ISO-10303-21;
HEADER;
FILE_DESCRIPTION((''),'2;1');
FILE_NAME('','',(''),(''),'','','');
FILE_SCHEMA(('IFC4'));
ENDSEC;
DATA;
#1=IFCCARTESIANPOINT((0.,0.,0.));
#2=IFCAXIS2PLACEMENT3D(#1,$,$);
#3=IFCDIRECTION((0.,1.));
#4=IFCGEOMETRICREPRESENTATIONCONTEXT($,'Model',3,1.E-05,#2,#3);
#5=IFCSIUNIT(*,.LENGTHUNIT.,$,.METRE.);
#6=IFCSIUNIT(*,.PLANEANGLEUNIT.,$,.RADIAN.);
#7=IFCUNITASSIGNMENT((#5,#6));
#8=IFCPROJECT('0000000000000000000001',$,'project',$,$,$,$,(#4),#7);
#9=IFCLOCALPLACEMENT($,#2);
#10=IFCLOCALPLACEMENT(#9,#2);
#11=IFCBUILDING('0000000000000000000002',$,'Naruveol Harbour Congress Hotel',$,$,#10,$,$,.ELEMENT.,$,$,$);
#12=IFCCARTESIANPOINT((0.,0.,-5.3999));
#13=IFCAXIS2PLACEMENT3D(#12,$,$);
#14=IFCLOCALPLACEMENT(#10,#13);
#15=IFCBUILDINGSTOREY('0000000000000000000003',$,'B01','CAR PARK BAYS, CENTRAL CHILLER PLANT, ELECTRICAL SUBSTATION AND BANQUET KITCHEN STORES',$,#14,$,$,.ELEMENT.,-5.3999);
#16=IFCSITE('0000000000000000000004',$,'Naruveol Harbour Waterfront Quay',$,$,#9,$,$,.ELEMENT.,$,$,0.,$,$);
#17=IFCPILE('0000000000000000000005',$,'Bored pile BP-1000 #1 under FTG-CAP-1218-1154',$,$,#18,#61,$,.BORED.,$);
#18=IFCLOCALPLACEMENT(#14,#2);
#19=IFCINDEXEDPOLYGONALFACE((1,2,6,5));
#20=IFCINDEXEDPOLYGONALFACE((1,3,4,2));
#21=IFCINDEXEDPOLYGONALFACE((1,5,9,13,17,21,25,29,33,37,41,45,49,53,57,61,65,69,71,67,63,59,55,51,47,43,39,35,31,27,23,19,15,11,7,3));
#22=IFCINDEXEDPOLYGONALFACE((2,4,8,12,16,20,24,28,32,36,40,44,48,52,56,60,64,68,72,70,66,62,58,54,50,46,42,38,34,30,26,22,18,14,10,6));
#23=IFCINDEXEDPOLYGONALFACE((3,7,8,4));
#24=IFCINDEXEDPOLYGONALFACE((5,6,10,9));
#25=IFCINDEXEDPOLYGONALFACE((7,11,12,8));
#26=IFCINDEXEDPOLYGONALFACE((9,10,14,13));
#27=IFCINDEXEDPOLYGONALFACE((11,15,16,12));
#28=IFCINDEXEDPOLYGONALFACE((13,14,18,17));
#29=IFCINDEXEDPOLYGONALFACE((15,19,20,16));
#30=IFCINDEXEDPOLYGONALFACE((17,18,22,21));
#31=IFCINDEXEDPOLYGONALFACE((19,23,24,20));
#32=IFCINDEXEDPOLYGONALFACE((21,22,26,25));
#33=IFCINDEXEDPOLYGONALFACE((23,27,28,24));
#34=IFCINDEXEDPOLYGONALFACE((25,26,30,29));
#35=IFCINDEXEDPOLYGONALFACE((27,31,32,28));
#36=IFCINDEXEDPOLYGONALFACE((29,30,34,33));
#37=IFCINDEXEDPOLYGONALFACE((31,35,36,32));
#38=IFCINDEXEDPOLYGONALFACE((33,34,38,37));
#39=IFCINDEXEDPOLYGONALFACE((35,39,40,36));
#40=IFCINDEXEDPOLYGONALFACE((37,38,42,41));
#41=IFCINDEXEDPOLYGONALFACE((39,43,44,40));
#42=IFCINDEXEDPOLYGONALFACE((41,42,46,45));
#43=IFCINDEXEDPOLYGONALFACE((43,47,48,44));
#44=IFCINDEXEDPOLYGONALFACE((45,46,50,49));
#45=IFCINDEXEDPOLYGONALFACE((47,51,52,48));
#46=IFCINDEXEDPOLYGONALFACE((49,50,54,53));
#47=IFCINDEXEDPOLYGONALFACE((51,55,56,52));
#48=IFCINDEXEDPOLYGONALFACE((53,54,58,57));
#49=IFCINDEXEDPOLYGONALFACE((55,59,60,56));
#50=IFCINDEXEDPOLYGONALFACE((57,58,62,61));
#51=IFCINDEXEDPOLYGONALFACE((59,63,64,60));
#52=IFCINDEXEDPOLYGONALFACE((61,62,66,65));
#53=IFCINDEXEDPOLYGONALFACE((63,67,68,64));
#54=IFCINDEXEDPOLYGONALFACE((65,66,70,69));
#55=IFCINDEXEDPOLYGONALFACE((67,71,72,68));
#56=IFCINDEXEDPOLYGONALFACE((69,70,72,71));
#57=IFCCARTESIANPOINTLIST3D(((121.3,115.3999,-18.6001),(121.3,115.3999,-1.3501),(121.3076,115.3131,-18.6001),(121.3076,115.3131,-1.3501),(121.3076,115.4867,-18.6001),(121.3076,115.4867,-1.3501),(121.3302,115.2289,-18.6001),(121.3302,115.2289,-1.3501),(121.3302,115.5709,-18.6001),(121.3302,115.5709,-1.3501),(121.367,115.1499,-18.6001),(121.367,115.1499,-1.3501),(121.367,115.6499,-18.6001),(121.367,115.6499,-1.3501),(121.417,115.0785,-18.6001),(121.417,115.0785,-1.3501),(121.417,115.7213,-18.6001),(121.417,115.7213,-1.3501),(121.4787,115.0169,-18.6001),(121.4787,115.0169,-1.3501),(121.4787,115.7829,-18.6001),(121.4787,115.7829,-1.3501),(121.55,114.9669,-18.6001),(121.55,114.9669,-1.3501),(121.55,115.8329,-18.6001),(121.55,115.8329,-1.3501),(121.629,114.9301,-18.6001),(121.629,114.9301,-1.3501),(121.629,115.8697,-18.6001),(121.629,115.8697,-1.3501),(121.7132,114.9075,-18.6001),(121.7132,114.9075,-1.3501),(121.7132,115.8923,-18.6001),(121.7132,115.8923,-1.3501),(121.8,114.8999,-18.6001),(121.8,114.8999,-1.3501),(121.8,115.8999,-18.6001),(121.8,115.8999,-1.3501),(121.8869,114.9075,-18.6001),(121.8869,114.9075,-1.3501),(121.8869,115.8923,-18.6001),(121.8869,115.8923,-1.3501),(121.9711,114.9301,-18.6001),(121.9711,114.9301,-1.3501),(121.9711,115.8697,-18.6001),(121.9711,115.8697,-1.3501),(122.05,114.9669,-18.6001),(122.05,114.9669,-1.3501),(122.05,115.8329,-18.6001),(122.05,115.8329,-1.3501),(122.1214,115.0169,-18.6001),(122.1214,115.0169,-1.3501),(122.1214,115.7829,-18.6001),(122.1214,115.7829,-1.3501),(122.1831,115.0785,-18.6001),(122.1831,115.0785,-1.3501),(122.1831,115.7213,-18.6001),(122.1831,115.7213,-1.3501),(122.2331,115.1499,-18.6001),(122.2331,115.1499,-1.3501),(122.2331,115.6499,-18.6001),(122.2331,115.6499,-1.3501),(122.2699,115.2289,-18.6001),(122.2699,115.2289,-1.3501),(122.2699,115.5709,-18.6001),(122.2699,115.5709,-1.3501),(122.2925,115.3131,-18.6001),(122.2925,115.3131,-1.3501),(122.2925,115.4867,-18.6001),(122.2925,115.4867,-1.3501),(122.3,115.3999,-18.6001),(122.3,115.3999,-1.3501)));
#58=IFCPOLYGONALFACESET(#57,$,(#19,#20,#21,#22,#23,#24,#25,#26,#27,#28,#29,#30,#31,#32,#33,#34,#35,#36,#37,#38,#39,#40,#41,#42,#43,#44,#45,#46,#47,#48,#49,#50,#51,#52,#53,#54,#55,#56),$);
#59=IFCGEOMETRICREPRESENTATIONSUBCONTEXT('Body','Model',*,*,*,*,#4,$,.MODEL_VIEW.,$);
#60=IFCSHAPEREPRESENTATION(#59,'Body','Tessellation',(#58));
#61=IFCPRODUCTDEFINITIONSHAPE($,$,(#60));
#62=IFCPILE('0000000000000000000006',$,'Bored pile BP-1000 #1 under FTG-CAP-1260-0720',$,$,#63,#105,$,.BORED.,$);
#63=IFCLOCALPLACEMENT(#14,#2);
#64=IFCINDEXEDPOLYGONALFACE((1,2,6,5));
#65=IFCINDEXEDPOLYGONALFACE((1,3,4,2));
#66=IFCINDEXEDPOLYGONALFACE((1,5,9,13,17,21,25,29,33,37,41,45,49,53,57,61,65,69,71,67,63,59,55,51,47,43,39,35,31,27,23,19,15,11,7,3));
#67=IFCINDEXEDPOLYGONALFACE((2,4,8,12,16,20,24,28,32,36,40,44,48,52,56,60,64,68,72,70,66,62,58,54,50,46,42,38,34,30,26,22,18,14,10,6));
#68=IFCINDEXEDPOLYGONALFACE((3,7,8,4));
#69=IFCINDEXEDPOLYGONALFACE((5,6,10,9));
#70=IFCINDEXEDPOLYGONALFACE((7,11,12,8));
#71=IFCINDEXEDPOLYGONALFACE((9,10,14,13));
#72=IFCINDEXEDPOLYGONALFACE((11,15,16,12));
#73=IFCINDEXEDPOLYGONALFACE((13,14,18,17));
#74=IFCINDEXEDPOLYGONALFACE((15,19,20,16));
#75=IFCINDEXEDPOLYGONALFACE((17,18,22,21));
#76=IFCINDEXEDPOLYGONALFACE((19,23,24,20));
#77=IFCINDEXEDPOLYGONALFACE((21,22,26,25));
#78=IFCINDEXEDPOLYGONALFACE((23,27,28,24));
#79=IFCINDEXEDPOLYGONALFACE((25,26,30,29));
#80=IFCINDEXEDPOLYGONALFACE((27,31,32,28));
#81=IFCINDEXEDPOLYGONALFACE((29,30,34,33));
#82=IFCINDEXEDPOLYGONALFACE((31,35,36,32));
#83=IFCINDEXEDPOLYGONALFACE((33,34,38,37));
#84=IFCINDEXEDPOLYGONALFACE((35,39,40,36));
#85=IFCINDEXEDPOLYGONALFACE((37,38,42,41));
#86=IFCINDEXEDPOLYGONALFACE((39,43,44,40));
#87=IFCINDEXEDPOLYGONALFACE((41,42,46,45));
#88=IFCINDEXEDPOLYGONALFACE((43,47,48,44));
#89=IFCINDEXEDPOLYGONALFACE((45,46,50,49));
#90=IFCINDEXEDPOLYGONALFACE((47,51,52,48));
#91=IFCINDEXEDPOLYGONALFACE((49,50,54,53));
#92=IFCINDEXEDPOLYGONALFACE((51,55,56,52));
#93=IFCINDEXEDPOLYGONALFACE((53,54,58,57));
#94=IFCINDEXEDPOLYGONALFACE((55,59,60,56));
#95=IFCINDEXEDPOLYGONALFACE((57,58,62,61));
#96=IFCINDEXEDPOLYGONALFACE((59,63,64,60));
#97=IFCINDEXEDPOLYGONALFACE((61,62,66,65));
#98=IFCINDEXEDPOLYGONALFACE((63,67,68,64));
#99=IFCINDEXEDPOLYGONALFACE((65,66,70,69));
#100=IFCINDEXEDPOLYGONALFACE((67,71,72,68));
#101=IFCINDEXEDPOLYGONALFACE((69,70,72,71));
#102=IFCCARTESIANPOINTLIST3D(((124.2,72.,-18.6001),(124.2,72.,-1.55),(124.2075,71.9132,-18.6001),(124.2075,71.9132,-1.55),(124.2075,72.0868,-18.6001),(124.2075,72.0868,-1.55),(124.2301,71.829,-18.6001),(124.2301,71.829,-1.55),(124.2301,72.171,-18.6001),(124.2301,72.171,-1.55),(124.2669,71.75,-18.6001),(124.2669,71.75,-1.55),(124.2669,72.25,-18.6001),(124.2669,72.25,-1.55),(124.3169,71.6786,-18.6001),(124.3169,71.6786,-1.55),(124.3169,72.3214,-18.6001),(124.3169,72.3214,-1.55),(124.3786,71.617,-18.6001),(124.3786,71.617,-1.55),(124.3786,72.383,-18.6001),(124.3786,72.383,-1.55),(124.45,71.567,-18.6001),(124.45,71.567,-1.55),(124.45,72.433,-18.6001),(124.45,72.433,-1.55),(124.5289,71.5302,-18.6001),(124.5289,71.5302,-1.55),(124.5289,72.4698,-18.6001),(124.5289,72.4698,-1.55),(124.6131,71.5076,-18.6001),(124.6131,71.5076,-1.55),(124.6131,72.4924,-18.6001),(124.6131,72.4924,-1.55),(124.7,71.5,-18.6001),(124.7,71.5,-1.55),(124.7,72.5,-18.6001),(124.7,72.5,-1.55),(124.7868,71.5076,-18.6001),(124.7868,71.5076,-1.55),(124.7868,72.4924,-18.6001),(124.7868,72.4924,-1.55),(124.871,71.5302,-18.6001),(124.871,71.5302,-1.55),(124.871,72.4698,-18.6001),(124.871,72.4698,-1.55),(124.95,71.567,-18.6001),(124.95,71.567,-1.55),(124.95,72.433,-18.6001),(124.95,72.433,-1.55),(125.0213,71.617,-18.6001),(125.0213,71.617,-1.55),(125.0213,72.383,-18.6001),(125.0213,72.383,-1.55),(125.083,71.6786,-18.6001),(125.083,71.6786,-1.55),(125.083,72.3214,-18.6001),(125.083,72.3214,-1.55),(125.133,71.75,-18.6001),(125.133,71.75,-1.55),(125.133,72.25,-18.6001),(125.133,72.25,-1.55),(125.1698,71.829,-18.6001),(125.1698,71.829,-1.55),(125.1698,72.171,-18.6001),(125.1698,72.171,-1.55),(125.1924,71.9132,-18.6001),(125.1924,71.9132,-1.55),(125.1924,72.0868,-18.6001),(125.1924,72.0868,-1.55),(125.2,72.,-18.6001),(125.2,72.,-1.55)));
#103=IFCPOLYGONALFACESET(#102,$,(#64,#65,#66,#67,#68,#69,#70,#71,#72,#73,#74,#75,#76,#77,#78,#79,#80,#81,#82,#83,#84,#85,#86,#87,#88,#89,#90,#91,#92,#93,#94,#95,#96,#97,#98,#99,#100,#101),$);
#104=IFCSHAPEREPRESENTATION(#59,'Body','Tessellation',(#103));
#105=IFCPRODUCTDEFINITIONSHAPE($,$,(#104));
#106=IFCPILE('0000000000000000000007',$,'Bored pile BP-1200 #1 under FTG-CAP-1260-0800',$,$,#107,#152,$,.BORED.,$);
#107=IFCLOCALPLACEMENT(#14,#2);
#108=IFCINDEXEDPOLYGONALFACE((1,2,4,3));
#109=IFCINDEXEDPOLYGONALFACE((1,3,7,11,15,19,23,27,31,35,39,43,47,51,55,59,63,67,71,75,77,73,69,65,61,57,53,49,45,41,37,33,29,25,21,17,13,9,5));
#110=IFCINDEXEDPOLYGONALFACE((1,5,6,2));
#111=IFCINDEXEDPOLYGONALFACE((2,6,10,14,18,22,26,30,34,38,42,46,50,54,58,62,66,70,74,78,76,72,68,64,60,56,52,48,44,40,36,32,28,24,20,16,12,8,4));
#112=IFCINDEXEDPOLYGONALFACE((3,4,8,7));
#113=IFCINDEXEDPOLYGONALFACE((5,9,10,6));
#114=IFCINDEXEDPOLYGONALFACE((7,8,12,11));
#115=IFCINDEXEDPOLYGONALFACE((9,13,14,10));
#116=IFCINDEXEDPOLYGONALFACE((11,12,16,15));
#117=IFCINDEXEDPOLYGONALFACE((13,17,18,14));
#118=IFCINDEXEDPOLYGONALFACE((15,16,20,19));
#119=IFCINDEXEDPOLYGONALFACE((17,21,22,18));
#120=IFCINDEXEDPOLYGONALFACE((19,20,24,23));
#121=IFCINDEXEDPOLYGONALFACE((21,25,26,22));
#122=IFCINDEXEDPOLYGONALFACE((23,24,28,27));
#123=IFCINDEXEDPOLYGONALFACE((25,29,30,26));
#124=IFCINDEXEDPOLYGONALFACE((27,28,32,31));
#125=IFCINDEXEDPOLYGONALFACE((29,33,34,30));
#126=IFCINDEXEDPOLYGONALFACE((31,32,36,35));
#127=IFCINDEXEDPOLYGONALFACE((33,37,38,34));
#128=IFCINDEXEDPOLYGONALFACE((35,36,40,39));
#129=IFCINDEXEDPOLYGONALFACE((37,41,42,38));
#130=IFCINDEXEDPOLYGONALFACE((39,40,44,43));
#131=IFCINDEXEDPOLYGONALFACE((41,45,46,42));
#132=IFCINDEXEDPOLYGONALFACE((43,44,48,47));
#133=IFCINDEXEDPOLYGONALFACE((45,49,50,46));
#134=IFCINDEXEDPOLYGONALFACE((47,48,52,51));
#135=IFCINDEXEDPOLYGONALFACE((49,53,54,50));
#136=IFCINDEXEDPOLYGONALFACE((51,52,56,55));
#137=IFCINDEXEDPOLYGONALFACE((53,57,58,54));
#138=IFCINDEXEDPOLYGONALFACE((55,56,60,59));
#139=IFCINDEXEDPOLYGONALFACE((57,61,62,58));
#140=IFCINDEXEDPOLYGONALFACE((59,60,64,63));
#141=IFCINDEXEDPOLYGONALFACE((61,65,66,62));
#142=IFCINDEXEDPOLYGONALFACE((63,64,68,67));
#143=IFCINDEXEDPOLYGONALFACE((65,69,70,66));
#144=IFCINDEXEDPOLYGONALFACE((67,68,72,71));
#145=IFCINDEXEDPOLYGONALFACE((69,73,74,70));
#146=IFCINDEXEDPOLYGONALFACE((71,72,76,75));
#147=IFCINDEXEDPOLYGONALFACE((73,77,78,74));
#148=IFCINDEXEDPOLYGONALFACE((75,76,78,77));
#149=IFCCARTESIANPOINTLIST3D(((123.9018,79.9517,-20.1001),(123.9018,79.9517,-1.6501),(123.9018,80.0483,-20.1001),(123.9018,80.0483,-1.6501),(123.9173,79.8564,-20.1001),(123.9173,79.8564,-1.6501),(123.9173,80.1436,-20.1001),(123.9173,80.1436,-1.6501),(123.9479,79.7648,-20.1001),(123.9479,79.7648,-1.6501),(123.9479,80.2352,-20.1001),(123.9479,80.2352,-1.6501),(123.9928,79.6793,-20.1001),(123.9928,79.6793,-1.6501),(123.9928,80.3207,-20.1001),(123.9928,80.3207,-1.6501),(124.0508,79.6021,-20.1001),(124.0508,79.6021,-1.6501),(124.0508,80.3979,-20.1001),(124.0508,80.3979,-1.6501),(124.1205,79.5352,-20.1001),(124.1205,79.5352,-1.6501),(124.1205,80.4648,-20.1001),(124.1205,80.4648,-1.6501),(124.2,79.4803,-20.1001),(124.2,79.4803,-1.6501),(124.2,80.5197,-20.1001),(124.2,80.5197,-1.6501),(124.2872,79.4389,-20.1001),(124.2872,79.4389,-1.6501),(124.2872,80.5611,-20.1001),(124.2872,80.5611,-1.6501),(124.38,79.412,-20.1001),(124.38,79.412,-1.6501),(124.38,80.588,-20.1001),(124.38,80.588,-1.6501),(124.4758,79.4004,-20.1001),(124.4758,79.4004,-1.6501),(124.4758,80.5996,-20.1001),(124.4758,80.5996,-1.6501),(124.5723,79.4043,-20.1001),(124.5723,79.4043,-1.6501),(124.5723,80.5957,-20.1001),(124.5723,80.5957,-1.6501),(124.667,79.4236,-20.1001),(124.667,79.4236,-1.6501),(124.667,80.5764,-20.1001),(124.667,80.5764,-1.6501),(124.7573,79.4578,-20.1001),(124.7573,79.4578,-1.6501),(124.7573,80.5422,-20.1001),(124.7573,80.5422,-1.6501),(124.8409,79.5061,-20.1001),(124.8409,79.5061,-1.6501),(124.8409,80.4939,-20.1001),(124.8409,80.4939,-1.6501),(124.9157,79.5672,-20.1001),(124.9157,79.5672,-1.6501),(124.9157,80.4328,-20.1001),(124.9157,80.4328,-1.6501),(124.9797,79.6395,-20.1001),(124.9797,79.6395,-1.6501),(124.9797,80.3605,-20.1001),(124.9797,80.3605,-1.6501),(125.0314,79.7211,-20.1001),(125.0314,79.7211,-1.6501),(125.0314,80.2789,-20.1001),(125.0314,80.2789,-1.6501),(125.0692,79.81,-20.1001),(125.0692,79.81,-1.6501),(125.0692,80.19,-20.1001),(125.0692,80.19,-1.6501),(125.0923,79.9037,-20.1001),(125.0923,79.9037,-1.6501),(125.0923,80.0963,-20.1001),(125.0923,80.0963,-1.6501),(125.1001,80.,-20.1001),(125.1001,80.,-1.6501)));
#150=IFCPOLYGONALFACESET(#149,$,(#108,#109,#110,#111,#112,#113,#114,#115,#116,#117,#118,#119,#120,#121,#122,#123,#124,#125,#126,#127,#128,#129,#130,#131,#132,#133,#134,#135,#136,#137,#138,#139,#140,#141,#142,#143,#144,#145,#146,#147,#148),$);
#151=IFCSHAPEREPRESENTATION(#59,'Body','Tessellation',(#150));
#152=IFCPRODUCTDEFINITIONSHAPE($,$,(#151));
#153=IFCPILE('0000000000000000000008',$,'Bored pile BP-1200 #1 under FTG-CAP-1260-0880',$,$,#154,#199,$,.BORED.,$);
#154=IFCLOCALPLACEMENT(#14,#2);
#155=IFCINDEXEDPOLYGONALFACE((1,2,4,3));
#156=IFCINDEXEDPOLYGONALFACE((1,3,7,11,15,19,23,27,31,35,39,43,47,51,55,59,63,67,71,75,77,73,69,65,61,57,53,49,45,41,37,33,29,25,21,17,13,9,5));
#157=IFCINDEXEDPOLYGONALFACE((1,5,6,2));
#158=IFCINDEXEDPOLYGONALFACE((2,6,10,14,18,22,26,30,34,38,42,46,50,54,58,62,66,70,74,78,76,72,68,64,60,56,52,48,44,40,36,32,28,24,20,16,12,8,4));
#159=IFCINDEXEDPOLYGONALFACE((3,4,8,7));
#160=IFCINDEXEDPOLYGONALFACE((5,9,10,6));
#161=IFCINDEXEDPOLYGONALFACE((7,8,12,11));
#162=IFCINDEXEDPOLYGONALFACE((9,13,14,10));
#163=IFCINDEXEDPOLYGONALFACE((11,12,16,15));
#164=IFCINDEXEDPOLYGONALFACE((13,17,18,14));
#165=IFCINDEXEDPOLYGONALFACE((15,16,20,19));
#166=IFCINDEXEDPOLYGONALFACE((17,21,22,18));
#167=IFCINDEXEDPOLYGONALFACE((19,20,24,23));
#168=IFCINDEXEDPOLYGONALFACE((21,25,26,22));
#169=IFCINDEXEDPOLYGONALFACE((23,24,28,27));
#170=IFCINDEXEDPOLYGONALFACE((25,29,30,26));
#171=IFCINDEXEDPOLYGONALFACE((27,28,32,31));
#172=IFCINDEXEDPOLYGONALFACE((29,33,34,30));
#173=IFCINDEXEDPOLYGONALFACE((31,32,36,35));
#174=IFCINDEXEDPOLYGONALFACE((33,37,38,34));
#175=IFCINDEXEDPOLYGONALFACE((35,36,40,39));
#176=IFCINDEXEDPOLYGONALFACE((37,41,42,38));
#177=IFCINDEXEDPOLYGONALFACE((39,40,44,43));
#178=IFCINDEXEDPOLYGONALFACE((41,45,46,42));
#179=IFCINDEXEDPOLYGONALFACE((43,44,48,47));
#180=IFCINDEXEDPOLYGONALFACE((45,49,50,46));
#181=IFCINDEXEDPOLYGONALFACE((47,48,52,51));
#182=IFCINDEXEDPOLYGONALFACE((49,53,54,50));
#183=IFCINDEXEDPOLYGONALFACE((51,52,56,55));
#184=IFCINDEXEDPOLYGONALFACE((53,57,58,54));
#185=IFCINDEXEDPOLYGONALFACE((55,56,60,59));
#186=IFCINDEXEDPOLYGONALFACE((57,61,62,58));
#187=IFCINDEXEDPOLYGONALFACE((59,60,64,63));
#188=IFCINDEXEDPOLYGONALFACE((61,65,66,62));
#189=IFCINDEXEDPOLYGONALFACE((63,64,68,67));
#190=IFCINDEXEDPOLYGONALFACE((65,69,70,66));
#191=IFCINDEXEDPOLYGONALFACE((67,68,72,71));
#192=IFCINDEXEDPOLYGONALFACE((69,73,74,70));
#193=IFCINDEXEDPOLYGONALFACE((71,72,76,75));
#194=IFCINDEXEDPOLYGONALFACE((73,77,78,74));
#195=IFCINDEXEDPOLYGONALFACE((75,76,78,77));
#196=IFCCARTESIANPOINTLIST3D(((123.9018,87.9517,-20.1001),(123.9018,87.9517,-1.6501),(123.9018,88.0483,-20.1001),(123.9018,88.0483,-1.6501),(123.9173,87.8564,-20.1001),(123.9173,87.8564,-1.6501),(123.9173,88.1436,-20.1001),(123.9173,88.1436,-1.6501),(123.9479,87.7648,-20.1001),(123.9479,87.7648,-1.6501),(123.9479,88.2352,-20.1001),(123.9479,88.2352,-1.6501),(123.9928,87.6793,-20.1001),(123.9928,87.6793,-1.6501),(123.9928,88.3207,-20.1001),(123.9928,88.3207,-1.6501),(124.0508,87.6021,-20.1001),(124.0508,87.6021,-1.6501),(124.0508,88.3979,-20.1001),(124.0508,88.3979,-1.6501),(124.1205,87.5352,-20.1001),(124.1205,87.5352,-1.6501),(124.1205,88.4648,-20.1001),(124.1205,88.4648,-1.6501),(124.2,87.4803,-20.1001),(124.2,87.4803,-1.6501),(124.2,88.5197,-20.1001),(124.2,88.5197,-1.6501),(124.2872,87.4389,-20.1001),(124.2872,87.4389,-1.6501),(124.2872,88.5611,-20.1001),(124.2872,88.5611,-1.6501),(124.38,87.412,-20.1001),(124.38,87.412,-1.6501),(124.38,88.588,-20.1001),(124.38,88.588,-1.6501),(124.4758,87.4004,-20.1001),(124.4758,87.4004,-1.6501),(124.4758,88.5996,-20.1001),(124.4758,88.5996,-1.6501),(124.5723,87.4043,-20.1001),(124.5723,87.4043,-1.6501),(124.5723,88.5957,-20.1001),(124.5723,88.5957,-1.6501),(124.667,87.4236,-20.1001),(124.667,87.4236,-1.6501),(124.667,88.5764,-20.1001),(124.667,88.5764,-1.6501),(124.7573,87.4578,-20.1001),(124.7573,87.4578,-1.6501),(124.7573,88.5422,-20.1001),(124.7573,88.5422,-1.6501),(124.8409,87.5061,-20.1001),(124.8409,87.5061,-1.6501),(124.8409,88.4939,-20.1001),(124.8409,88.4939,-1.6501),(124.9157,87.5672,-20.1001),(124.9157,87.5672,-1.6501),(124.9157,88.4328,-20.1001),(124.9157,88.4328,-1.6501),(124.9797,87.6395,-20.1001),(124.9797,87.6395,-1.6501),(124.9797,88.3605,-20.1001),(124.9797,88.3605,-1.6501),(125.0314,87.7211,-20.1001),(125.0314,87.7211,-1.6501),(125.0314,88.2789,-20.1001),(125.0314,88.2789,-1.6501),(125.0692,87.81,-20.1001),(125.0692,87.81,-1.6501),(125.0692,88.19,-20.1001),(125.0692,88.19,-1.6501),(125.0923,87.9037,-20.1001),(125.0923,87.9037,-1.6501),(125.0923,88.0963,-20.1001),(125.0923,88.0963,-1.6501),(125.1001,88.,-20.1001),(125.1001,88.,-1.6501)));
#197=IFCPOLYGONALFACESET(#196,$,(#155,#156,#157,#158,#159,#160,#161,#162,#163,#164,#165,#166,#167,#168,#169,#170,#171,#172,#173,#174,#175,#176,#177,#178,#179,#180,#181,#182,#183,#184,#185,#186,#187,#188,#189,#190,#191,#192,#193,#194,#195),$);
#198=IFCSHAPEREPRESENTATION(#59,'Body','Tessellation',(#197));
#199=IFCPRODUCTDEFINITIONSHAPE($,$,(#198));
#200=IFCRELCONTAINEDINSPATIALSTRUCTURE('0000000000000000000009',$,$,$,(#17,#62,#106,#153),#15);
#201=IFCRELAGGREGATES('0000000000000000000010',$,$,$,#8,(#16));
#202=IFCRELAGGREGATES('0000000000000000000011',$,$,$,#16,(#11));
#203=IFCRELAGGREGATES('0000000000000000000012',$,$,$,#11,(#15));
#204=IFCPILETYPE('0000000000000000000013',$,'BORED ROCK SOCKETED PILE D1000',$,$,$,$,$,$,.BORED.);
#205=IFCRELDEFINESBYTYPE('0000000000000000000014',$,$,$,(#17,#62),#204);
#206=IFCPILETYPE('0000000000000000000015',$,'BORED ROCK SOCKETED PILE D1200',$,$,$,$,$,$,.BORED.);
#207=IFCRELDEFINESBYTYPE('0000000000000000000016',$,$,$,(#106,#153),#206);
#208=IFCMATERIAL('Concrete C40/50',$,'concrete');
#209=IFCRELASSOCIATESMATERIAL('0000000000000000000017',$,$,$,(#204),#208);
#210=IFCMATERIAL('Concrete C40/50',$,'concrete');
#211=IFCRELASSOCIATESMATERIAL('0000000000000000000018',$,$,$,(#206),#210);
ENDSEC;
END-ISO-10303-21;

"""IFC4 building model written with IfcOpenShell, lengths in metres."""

from ifc_helpers import new_model, si_unit, direction, frame, origin, origin_2d, place, context, subcontext, project, spatial, circle, extrude, material, material_profile, profile_set, type_object, element, save


model = new_model("IFC4")

# Units and contexts
model_context = context("Model", 3, precision=1e-05, world=origin(), true_north=direction((0.0, 1.0)))
body_context = subcontext(model_context, "Body", "Model", "MODEL_VIEW")
ifc_project = project(units=[si_unit("LENGTHUNIT", "METRE"), si_unit("PLANEANGLEUNIT", "RADIAN")], contexts=[model_context])

# Site, building, storey
site_placement = place(None, origin())
site = spatial("IfcSite", under=ifc_project, at=site_placement, Name="Naruveol Harbour Waterfront Quay", CompositionType="ELEMENT", RefElevation=0.0)
building_placement = place(site_placement, origin())
building = spatial("IfcBuilding", under=site, at=building_placement, Name="Naruveol Harbour Congress Hotel", CompositionType="ELEMENT")
storey_placement = place(building_placement, frame((0.0, 0.0, -5.3999)))
storey = spatial("IfcBuildingStorey", under=building, at=storey_placement, Name="B01", Description="CAR PARK BAYS, CENTRAL CHILLER PLANT, ELECTRICAL SUBSTATION AND BANQUET KITCHEN STORES", CompositionType="ELEMENT", Elevation=-5.3999)

# Piles
ifc_material_1 = material(Name="Concrete C40/50", Category="concrete")
ifc_material_profile_1 = material_profile(ifc_material_1, circle(Radius=0.5, at=origin_2d()), Name="BP-1000")
ifc_profile_set_1 = profile_set([ifc_material_profile_1], Name="Concrete C40/50")
pile_type_1 = type_object("IfcPileType", Name="BORED ROCK SOCKETED PILE D1000", PredefinedType="BORED", material=ifc_profile_set_1)
pile_1_placement = place(storey_placement, frame((121.8, 115.3999, -1.3501), z_axis=(0.0, 0.0, -1.0), x_axis=(1.0, 0.0, 0.0)))
element("IfcPile", 1, at=pile_1_placement, inside=storey, type_object=pile_type_1, Name="Bored pile BP-1000 #1 under FTG-CAP-1218-1154", PredefinedType="BORED", context=body_context, shape_type="SweptSolid", body=[
    extrude(circle(Radius=0.5, at=origin_2d()), origin(), (0.0, 0.0, 1.0), 17.25),
])
pile_2_placement = place(storey_placement, frame((124.7, 72.0, -1.55), z_axis=(0.0, 0.0, -1.0), x_axis=(1.0, 0.0, 0.0)))
element("IfcPile", 2, at=pile_2_placement, inside=storey, type_object=pile_type_1, Name="Bored pile BP-1000 #1 under FTG-CAP-1260-0720", PredefinedType="BORED", context=body_context, shape_type="SweptSolid", body=[
    extrude(circle(Radius=0.5, at=origin_2d()), origin(), (0.0, 0.0, 1.0), 17.05),
])
ifc_material_2 = material(Name="Concrete C40/50", Category="concrete")
ifc_material_profile_2 = material_profile(ifc_material_2, circle(Radius=0.6001, at=origin_2d()), Name="BP-1200")
ifc_profile_set_2 = profile_set([ifc_material_profile_2], Name="Concrete C40/50")
pile_type_2 = type_object("IfcPileType", Name="BORED ROCK SOCKETED PILE D1200", PredefinedType="BORED", material=ifc_profile_set_2)
for number, where, z_axis, x_axis, name in (
    (3, (124.5, 80.0, -1.6501), (0.0, 0.0, -1.0), (1.0, 0.0, 0.0), "Bored pile BP-1200 #1 under FTG-CAP-1260-0800"),
    (4, (124.5, 88.0, -1.6501), (0.0, 0.0, -1.0), (1.0, 0.0, 0.0), "Bored pile BP-1200 #1 under FTG-CAP-1260-0880"),
):
    element("IfcPile", number, at=place(storey_placement, frame(where, z_axis=z_axis, x_axis=x_axis)), inside=storey, type_object=pile_type_2, Name=name, PredefinedType="BORED", context=body_context, shape_type="SweptSolid", body=[
        extrude(circle(Radius=0.6001, at=origin_2d()), origin(), (0.0, 0.0, 1.0), 18.45),
    ])

save(model, "model.ifc")
